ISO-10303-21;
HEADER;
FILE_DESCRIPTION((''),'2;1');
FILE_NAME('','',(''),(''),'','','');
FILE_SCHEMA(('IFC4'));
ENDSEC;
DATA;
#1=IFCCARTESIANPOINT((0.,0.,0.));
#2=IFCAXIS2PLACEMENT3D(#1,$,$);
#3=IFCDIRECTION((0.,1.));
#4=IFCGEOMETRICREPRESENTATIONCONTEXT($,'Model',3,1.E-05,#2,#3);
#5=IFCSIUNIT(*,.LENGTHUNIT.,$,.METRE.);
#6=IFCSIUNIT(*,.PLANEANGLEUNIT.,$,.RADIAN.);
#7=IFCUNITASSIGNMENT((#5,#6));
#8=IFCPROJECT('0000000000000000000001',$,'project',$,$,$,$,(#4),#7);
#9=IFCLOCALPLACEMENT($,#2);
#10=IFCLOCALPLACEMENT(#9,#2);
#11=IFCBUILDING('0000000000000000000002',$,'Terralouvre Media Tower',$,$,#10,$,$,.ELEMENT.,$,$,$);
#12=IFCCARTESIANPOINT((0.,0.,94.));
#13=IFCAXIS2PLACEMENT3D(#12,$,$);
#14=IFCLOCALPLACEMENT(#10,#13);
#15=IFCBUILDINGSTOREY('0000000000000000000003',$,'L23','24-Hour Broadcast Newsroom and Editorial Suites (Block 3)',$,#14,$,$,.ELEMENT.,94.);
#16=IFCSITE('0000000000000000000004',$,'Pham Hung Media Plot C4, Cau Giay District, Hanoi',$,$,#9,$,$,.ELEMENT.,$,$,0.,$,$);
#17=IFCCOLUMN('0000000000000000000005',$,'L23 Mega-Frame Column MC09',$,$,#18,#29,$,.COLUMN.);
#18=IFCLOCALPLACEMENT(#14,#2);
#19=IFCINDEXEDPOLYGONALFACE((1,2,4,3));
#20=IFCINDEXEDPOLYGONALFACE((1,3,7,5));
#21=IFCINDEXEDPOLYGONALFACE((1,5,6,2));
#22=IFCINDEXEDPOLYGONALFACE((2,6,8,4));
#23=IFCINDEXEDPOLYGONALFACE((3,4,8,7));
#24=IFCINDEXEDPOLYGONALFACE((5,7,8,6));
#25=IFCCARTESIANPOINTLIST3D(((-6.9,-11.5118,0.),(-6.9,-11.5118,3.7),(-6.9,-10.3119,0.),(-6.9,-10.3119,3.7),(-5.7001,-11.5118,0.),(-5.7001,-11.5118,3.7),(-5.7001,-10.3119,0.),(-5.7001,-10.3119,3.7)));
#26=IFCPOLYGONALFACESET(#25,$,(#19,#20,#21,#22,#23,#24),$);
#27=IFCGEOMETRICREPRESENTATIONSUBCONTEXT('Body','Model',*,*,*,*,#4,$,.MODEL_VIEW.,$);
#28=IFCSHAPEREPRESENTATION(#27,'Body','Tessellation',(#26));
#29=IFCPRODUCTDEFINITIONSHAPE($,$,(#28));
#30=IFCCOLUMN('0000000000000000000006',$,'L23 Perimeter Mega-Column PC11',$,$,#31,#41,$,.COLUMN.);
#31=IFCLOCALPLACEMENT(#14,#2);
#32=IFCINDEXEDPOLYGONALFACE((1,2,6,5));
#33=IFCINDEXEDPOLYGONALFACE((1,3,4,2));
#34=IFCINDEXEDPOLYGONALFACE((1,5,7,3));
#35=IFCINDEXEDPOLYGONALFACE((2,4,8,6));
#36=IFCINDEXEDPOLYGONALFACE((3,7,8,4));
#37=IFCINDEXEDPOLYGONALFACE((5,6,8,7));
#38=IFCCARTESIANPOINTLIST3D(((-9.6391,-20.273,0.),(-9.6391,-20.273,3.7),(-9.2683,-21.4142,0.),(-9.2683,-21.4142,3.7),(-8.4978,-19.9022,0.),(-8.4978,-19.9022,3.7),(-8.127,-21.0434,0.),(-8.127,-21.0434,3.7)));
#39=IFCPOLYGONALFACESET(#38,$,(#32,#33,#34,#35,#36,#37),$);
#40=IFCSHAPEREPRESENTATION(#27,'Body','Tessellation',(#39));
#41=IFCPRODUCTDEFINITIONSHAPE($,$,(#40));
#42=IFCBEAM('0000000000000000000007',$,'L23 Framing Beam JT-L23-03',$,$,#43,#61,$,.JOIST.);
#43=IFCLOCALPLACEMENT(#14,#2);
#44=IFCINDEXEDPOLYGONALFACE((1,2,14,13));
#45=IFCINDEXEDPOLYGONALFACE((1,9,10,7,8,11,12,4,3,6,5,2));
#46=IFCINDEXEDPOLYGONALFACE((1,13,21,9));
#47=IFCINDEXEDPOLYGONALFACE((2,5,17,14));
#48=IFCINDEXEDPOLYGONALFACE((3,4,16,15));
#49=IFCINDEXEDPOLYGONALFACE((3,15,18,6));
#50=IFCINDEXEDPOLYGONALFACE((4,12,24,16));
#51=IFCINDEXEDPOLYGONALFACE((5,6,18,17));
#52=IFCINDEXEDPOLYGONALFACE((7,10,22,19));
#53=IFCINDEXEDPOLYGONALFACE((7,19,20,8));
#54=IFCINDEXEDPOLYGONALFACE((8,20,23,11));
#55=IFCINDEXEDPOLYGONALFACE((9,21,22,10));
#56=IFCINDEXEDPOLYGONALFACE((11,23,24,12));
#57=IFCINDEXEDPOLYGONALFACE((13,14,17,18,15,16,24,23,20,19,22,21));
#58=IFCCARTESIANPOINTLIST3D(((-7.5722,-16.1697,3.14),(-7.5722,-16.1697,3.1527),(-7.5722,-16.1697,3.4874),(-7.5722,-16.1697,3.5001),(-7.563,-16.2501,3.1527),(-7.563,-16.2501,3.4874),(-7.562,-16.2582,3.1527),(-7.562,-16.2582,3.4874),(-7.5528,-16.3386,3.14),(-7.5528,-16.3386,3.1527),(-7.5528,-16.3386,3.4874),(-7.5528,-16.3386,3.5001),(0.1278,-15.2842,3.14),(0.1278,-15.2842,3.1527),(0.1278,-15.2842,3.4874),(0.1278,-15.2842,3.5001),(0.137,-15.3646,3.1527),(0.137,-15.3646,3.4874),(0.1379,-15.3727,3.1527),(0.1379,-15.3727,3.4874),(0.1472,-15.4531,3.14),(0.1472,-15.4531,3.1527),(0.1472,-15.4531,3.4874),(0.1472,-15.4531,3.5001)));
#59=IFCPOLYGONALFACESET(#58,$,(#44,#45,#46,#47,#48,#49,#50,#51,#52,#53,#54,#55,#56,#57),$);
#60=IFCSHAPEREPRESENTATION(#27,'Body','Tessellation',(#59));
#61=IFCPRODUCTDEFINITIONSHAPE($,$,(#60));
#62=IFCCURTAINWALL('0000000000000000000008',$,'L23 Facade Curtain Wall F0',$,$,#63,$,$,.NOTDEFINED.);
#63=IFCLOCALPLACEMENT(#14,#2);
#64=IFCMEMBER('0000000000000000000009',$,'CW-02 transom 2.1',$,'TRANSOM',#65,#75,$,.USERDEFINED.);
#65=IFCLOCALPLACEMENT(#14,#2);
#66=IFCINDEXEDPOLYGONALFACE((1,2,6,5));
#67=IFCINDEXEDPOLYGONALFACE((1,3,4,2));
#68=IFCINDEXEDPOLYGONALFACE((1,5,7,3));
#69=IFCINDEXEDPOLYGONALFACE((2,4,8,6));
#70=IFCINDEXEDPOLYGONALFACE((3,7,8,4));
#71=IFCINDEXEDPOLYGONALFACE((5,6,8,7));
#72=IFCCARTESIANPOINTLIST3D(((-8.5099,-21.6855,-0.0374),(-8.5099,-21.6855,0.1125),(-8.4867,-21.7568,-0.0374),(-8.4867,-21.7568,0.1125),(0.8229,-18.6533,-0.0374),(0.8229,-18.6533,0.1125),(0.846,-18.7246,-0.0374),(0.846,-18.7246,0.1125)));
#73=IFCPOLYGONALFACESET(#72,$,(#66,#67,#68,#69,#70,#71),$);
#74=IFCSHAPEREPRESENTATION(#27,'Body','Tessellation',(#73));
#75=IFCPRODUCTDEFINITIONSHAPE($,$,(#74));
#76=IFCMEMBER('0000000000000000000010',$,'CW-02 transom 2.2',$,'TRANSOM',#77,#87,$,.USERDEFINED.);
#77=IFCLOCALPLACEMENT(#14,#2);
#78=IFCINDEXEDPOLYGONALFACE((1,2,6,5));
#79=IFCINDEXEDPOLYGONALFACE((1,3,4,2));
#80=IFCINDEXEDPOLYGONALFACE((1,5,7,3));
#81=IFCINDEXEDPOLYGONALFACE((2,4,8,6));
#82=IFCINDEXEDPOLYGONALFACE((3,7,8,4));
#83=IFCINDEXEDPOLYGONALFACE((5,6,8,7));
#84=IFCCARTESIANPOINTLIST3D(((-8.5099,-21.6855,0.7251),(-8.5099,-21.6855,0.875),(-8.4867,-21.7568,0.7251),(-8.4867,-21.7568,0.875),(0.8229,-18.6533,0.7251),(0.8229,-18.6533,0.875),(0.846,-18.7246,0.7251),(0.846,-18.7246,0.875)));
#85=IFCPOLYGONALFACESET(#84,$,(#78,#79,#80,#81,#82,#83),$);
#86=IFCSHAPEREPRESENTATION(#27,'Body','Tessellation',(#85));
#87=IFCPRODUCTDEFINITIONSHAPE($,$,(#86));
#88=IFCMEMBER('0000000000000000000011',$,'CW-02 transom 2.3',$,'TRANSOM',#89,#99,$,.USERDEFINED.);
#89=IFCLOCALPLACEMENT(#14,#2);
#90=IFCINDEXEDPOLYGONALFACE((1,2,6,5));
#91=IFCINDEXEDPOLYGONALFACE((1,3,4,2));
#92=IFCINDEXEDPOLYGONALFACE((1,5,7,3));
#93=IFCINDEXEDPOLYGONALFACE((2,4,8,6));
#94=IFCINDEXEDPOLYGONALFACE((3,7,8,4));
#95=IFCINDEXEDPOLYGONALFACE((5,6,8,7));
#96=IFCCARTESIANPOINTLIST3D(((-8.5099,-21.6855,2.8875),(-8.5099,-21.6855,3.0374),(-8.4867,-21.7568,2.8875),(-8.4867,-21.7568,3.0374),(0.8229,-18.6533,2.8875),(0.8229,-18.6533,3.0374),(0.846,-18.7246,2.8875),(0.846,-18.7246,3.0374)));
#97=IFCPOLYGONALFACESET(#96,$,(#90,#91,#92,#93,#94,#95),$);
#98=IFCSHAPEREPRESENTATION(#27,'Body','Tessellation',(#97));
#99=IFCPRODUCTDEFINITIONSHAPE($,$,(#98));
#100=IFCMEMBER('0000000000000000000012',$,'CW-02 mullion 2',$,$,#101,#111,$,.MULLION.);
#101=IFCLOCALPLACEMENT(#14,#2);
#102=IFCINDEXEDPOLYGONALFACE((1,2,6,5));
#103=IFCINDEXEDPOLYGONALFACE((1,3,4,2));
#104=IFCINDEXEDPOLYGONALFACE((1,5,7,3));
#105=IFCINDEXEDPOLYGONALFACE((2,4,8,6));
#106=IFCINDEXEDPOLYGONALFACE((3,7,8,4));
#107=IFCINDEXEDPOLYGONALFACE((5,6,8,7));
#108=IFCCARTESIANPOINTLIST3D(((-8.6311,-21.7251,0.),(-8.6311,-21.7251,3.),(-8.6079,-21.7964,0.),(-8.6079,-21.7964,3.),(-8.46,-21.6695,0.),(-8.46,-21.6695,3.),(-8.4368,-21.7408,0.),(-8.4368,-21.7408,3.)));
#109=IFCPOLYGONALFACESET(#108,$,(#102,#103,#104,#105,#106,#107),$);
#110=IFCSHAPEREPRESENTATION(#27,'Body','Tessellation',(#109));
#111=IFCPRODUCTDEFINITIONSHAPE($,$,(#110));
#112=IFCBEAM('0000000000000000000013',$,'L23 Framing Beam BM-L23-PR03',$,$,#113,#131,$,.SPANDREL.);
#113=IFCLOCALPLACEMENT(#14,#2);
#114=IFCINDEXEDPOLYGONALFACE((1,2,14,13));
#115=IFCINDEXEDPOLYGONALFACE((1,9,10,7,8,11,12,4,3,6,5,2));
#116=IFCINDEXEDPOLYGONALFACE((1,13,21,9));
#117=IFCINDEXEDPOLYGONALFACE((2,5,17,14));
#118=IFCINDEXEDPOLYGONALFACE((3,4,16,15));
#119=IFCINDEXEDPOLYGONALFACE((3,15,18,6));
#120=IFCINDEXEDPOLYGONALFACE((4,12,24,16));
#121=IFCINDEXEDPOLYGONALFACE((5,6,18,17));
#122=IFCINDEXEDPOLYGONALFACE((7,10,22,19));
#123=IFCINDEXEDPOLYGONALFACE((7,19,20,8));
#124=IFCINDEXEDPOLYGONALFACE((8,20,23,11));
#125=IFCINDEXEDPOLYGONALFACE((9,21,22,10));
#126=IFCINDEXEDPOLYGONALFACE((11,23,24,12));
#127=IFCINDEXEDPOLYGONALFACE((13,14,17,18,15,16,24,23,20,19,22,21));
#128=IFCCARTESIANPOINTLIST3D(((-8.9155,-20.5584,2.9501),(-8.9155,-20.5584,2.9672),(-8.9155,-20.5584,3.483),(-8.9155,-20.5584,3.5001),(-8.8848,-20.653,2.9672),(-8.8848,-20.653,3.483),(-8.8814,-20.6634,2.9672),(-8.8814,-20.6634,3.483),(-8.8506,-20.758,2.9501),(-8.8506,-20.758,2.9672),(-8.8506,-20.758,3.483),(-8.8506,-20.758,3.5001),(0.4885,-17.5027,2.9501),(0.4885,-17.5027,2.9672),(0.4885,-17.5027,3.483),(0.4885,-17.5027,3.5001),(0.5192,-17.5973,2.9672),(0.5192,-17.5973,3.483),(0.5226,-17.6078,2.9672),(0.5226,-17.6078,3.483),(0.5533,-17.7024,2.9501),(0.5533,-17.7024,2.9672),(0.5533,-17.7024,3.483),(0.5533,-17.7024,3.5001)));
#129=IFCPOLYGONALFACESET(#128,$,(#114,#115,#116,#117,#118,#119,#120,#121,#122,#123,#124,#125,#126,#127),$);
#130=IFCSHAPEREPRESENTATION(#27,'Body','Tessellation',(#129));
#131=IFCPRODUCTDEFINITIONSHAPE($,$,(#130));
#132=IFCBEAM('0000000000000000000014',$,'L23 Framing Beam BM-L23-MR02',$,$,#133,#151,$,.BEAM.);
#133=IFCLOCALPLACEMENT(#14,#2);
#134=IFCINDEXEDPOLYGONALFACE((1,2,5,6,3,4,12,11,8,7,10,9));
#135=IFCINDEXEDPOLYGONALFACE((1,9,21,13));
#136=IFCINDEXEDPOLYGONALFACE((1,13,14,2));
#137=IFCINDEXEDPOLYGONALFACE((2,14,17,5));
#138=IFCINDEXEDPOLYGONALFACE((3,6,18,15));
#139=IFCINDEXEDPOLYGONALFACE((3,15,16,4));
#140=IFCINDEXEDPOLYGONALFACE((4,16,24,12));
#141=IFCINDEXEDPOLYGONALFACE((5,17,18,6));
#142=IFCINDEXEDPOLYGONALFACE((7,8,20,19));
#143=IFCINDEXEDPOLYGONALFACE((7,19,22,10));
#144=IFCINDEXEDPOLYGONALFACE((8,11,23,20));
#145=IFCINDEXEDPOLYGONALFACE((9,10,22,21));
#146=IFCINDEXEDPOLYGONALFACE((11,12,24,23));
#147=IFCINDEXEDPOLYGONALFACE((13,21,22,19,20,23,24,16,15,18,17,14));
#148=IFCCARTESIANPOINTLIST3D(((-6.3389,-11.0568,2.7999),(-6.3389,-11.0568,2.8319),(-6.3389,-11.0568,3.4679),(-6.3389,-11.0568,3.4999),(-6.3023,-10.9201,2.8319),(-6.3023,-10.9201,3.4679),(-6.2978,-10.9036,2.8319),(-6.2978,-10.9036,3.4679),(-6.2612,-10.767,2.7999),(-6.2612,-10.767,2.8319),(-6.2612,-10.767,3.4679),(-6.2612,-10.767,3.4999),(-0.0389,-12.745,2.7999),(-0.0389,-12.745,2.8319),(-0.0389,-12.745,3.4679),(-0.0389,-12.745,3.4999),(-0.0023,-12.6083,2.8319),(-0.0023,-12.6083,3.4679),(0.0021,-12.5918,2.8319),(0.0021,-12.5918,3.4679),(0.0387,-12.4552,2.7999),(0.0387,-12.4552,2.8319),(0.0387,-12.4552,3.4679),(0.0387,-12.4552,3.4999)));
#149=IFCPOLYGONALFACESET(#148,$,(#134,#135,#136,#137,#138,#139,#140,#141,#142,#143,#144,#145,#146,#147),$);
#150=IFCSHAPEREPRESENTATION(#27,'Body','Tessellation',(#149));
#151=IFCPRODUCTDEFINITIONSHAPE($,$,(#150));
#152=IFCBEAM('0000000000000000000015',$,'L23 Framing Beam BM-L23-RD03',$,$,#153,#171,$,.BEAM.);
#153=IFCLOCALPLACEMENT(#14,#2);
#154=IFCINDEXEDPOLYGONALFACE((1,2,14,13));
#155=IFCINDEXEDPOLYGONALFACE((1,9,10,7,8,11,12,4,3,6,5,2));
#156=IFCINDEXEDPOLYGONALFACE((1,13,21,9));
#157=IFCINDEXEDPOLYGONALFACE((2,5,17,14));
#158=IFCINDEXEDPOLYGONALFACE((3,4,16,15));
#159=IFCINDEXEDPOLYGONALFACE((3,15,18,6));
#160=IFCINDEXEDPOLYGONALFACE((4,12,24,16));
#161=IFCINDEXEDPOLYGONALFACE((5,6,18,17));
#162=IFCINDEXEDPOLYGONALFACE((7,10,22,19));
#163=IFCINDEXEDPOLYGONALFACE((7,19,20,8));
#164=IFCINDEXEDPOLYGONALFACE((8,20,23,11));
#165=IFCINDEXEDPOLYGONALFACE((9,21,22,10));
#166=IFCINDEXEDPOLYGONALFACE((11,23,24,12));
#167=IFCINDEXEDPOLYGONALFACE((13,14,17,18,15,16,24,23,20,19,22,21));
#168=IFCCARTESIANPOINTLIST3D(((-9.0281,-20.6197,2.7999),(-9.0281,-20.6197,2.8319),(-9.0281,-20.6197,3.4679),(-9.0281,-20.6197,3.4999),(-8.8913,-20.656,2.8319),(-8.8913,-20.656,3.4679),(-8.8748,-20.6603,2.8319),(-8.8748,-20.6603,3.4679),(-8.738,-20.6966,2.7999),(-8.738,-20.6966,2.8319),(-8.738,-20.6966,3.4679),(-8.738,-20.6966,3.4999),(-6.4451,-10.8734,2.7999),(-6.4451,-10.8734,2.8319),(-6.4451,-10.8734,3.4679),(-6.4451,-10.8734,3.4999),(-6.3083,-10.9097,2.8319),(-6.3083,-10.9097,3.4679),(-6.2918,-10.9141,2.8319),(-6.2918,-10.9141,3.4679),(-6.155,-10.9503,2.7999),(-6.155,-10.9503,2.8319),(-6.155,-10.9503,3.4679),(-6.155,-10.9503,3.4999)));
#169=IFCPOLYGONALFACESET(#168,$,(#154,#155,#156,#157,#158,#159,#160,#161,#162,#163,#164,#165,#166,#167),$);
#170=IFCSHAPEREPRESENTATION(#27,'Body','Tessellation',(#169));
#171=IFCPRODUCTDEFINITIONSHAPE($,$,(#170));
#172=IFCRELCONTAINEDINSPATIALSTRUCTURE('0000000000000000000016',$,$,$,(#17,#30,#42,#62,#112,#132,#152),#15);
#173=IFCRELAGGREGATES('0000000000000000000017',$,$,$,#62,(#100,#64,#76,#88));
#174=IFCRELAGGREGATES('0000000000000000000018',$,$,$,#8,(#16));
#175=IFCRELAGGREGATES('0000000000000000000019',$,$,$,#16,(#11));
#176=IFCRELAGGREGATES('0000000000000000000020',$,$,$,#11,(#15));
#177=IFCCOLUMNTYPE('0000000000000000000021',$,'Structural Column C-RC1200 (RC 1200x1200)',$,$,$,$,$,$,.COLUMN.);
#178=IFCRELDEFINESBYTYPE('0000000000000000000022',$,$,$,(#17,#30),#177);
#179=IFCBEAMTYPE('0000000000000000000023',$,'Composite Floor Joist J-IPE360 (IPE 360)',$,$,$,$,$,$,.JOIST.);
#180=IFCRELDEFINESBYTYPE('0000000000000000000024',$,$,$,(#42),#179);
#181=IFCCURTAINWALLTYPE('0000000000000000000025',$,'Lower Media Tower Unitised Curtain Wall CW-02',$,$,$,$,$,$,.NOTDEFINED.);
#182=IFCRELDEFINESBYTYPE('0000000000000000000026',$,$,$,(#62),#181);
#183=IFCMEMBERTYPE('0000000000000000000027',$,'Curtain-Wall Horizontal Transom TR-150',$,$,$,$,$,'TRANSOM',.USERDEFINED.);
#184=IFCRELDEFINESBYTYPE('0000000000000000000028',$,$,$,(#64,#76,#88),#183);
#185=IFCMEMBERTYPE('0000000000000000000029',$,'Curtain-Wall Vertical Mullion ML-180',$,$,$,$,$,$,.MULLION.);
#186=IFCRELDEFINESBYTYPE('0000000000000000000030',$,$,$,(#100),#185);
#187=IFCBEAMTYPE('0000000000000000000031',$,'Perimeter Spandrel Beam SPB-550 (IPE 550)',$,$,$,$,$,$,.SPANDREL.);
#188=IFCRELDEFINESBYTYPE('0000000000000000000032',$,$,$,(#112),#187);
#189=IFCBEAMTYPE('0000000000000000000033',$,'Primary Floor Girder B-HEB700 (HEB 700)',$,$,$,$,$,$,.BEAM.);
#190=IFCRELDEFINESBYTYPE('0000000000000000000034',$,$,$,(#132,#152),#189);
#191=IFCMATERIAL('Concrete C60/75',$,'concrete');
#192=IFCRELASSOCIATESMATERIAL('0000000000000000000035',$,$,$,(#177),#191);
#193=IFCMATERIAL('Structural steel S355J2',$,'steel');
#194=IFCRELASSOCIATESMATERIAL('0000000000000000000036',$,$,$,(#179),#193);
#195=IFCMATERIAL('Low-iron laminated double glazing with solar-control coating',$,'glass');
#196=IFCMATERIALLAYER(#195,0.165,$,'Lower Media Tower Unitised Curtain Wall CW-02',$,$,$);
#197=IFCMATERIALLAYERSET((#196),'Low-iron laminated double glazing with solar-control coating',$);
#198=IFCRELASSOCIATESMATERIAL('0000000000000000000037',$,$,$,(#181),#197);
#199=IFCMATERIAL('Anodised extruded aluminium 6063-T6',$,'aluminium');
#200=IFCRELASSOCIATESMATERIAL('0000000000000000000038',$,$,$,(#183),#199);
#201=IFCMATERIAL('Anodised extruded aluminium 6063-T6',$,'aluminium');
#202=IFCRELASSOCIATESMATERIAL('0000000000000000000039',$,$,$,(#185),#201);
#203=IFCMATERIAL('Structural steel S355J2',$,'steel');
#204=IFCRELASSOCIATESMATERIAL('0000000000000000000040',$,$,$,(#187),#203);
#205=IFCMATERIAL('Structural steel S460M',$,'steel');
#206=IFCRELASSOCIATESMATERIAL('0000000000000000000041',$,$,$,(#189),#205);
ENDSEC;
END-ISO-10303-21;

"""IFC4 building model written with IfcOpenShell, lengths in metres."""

from ifc_helpers import new_model, si_unit, direction, frame, origin, origin_2d, place, context, subcontext, project, spatial, rectangle, i_section, extrude, material, layer, layer_set, material_profile, profile_set, type_object, element, aggregate, save


model = new_model("IFC4")

# Units and contexts
model_context = context("Model", 3, precision=1e-05, world=origin(), true_north=direction((0.0, 1.0)))
body_context = subcontext(model_context, "Body", "Model", "MODEL_VIEW")
ifc_project = project(units=[si_unit("LENGTHUNIT", "METRE"), si_unit("PLANEANGLEUNIT", "RADIAN")], contexts=[model_context])

# Site, building, storey
site_placement = place(None, origin())
site = spatial("IfcSite", under=ifc_project, at=site_placement, Name="Pham Hung Media Plot C4, Cau Giay District, Hanoi", CompositionType="ELEMENT", RefElevation=0.0)
building_placement = place(site_placement, origin())
building = spatial("IfcBuilding", under=site, at=building_placement, Name="Terralouvre Media Tower", CompositionType="ELEMENT")
storey_placement = place(building_placement, frame((0.0, 0.0, 94.0)))
storey = spatial("IfcBuildingStorey", under=building, at=storey_placement, Name="L23", Description="24-Hour Broadcast Newsroom and Editorial Suites (Block 3)", CompositionType="ELEMENT", Elevation=94.0)

# Columns
ifc_material_1 = material(Name="Concrete C60/75", Category="concrete")
ifc_material_profile_1 = material_profile(ifc_material_1, rectangle(XDim=1.2, YDim=1.2, at=origin_2d()), Name="RC 1200x1200")
ifc_profile_set_1 = profile_set([ifc_material_profile_1], Name="Concrete C60/75")
column_type = type_object("IfcColumnType", Name="Structural Column C-RC1200 (RC 1200x1200)", PredefinedType="COLUMN", material=ifc_profile_set_1)
for number, where, z_axis, x_axis, name in (
    (1, (-6.3, -10.9119, 0.0), (0.0, 0.0, 1.0), (1.0, 0.0, 0.0), "L23 Mega-Frame Column MC09"),
    (2, (-8.8831, -20.6582, 0.0), (0.0, 0.0, 1.0), (0.951057, 0.309017, 0.0), "L23 Perimeter Mega-Column PC11"),
):
    element("IfcColumn", number, at=place(storey_placement, frame(where, z_axis=z_axis, x_axis=x_axis)), inside=storey, type_object=column_type, Name=name, PredefinedType="COLUMN", context=body_context, shape_type="SweptSolid", body=[
        extrude(rectangle(XDim=1.2, YDim=1.2, at=origin_2d()), origin(), (0.0, 0.0, 1.0), 3.7),
    ])

# Beam
ifc_material_2 = material(Name="Structural steel S355J2", Category="steel")
ifc_material_profile_2 = material_profile(ifc_material_2, i_section(OverallWidth=0.1699, OverallDepth=0.3601, WebThickness=0.0081, FlangeThickness=0.0127, at=origin_2d()), Name="IPE 360")
ifc_profile_set_2 = profile_set([ifc_material_profile_2], Name="Structural steel S355J2")
beam_type_1 = type_object("IfcBeamType", Name="Composite Floor Joist J-IPE360 (IPE 360)", PredefinedType="JOIST", material=ifc_profile_set_2)
beam_1_placement = place(storey_placement, frame((-7.5625, -16.2542, 3.3201), z_axis=(0.993452, 0.114247, 0.0), x_axis=(-0.114247, 0.993452, 0.0)))
element("IfcBeam", 3, at=beam_1_placement, inside=storey, type_object=beam_type_1, Name="L23 Framing Beam JT-L23-03", PredefinedType="JOIST", context=body_context, shape_type="SweptSolid", body=[
    extrude(i_section(OverallWidth=0.1699, OverallDepth=0.3601, WebThickness=0.0081, FlangeThickness=0.0127, at=origin_2d()), origin(), (0.0, 0.0, 1.0), 7.7507),
])

# Curtain wall, members
ifc_material_3 = material(Name="Low-iron laminated double glazing with solar-control coating", Category="glass")
ifc_layer_1 = layer(ifc_material_3, 0.165, Name="Lower Media Tower Unitised Curtain Wall CW-02")
ifc_layer_set_1 = layer_set([ifc_layer_1], Name="Low-iron laminated double glazing with solar-control coating")
curtain_wall_type = type_object("IfcCurtainWallType", Name="Lower Media Tower Unitised Curtain Wall CW-02", PredefinedType="NOTDEFINED", material=ifc_layer_set_1)
curtain_wall_placement = place(storey_placement, origin())
curtain_wall = element("IfcCurtainWall", 4, at=curtain_wall_placement, inside=storey, type_object=curtain_wall_type, Name="L23 Facade Curtain Wall F0", PredefinedType="NOTDEFINED")
ifc_material_4 = material(Name="Anodised extruded aluminium 6063-T6", Category="aluminium")
ifc_material_profile_3 = material_profile(ifc_material_4, rectangle(XDim=0.075, YDim=0.1499, at=origin_2d()), Name="ALU 75x150")
ifc_profile_set_3 = profile_set([ifc_material_profile_3], Name="Anodised extruded aluminium 6063-T6")
member_type_1 = type_object("IfcMemberType", Name="Curtain-Wall Horizontal Transom TR-150", ElementType="TRANSOM", PredefinedType="USERDEFINED", material=ifc_profile_set_3)
member_1_placement = place(storey_placement, frame((-8.4983, -21.7212, 0.0376), z_axis=(0.951062, 0.309001, 0.0), x_axis=(-0.309001, 0.951062, 0.0)))
member_1 = element("IfcMember", 5, at=member_1_placement, type_object=member_type_1, Name="CW-02 transom 2.1", ObjectType="TRANSOM", PredefinedType="USERDEFINED", context=body_context, shape_type="SweptSolid", body=[
    extrude(rectangle(XDim=0.075, YDim=0.1499, at=origin_2d()), origin(), (0.0, 0.0, 1.0), 9.813),
])
member_2_placement = place(storey_placement, frame((-8.4983, -21.7212, 0.8), z_axis=(0.951062, 0.309001, 0.0), x_axis=(-0.309001, 0.951062, 0.0)))
member_2 = element("IfcMember", 6, at=member_2_placement, type_object=member_type_1, Name="CW-02 transom 2.2", ObjectType="TRANSOM", PredefinedType="USERDEFINED", context=body_context, shape_type="SweptSolid", body=[
    extrude(rectangle(XDim=0.075, YDim=0.1499, at=origin_2d()), origin(), (0.0, 0.0, 1.0), 9.813),
])
member_3_placement = place(storey_placement, frame((-8.4983, -21.7212, 2.9624), z_axis=(0.951062, 0.309001, 0.0), x_axis=(-0.309001, 0.951062, 0.0)))
member_3 = element("IfcMember", 7, at=member_3_placement, type_object=member_type_1, Name="CW-02 transom 2.3", ObjectType="TRANSOM", PredefinedType="USERDEFINED", context=body_context, shape_type="SweptSolid", body=[
    extrude(rectangle(XDim=0.075, YDim=0.1499, at=origin_2d()), origin(), (0.0, 0.0, 1.0), 9.813),
])
ifc_material_5 = material(Name="Anodised extruded aluminium 6063-T6", Category="aluminium")
ifc_material_profile_4 = material_profile(ifc_material_5, rectangle(XDim=0.075, YDim=0.1799, at=origin_2d()), Name="ALU 75x180")
ifc_profile_set_4 = profile_set([ifc_material_profile_4], Name="Anodised extruded aluminium 6063-T6")
member_type_2 = type_object("IfcMemberType", Name="Curtain-Wall Vertical Mullion ML-180", PredefinedType="MULLION", material=ifc_profile_set_4)
member_4_placement = place(storey_placement, frame((-8.5339, -21.7329, 0.0), z_axis=(0.0, 0.0, 1.0), x_axis=(-0.309017, 0.951057, 0.0)))
member_4 = element("IfcMember", 8, at=member_4_placement, type_object=member_type_2, Name="CW-02 mullion 2", PredefinedType="MULLION", context=body_context, shape_type="SweptSolid", body=[
    extrude(rectangle(XDim=0.075, YDim=0.1799, at=origin_2d()), origin(), (0.0, 0.0, 1.0), 3.0),
])

# Beams
ifc_material_6 = material(Name="Structural steel S355J2", Category="steel")
ifc_material_profile_5 = material_profile(ifc_material_6, i_section(OverallWidth=0.21, OverallDepth=0.55, WebThickness=0.011, FlangeThickness=0.0171, at=origin_2d()), Name="IPE 550")
ifc_profile_set_5 = profile_set([ifc_material_profile_5], Name="Structural steel S355J2")
beam_type_2 = type_object("IfcBeamType", Name="Perimeter Spandrel Beam SPB-550 (IPE 550)", PredefinedType="SPANDREL", material=ifc_profile_set_5)
beam_2_placement = place(storey_placement, frame((-8.8831, -20.6582, 3.2251), z_axis=(0.951053, 0.309026, 0.0), x_axis=(-0.309026, 0.951053, 0.0)))
element("IfcBeam", 9, at=beam_2_placement, inside=storey, type_object=beam_type_2, Name="L23 Framing Beam BM-L23-PR03", PredefinedType="SPANDREL", context=body_context, shape_type="SweptSolid", body=[
    extrude(i_section(OverallWidth=0.21, OverallDepth=0.55, WebThickness=0.011, FlangeThickness=0.0171, at=origin_2d()), origin(), (0.0, 0.0, 1.0), 9.8879),
])
ifc_material_7 = material(Name="Structural steel S460M", Category="steel")
ifc_material_profile_6 = material_profile(ifc_material_7, i_section(OverallWidth=0.3, OverallDepth=0.7, WebThickness=0.0171, FlangeThickness=0.032, at=origin_2d()), Name="HEB 700")
ifc_profile_set_6 = profile_set([ifc_material_profile_6], Name="Structural steel S460M")
beam_type_3 = type_object("IfcBeamType", Name="Primary Floor Girder B-HEB700 (HEB 700)", PredefinedType="BEAM", material=ifc_profile_set_6)
beam_3_placement = place(storey_placement, frame((-6.3, -10.9119, 3.1499), z_axis=(0.96592, -0.258839, 0.0), x_axis=(0.258839, 0.96592, 0.0)))
element("IfcBeam", 10, at=beam_3_placement, inside=storey, type_object=beam_type_3, Name="L23 Framing Beam BM-L23-MR02", PredefinedType="BEAM", context=body_context, shape_type="SweptSolid", body=[
    extrude(i_section(OverallWidth=0.3, OverallDepth=0.7, WebThickness=0.0171, FlangeThickness=0.032, at=origin_2d()), origin(), (0.0, 0.0, 1.0), 6.5222),
])
beam_4_placement = place(storey_placement, frame((-6.3, -10.9119, 3.1499), z_axis=(-0.256179, -0.966629, 0.0), x_axis=(0.966629, -0.256179, 0.0)))
element("IfcBeam", 11, at=beam_4_placement, inside=storey, type_object=beam_type_3, Name="L23 Framing Beam BM-L23-RD03", PredefinedType="BEAM", context=body_context, shape_type="SweptSolid", body=[
    extrude(i_section(OverallWidth=0.3, OverallDepth=0.7, WebThickness=0.0171, FlangeThickness=0.032, at=origin_2d()), origin(), (0.0, 0.0, 1.0), 10.0828),
])

aggregate(curtain_wall, [member_4, member_1, member_2, member_3])

save(model, "model.ifc")
